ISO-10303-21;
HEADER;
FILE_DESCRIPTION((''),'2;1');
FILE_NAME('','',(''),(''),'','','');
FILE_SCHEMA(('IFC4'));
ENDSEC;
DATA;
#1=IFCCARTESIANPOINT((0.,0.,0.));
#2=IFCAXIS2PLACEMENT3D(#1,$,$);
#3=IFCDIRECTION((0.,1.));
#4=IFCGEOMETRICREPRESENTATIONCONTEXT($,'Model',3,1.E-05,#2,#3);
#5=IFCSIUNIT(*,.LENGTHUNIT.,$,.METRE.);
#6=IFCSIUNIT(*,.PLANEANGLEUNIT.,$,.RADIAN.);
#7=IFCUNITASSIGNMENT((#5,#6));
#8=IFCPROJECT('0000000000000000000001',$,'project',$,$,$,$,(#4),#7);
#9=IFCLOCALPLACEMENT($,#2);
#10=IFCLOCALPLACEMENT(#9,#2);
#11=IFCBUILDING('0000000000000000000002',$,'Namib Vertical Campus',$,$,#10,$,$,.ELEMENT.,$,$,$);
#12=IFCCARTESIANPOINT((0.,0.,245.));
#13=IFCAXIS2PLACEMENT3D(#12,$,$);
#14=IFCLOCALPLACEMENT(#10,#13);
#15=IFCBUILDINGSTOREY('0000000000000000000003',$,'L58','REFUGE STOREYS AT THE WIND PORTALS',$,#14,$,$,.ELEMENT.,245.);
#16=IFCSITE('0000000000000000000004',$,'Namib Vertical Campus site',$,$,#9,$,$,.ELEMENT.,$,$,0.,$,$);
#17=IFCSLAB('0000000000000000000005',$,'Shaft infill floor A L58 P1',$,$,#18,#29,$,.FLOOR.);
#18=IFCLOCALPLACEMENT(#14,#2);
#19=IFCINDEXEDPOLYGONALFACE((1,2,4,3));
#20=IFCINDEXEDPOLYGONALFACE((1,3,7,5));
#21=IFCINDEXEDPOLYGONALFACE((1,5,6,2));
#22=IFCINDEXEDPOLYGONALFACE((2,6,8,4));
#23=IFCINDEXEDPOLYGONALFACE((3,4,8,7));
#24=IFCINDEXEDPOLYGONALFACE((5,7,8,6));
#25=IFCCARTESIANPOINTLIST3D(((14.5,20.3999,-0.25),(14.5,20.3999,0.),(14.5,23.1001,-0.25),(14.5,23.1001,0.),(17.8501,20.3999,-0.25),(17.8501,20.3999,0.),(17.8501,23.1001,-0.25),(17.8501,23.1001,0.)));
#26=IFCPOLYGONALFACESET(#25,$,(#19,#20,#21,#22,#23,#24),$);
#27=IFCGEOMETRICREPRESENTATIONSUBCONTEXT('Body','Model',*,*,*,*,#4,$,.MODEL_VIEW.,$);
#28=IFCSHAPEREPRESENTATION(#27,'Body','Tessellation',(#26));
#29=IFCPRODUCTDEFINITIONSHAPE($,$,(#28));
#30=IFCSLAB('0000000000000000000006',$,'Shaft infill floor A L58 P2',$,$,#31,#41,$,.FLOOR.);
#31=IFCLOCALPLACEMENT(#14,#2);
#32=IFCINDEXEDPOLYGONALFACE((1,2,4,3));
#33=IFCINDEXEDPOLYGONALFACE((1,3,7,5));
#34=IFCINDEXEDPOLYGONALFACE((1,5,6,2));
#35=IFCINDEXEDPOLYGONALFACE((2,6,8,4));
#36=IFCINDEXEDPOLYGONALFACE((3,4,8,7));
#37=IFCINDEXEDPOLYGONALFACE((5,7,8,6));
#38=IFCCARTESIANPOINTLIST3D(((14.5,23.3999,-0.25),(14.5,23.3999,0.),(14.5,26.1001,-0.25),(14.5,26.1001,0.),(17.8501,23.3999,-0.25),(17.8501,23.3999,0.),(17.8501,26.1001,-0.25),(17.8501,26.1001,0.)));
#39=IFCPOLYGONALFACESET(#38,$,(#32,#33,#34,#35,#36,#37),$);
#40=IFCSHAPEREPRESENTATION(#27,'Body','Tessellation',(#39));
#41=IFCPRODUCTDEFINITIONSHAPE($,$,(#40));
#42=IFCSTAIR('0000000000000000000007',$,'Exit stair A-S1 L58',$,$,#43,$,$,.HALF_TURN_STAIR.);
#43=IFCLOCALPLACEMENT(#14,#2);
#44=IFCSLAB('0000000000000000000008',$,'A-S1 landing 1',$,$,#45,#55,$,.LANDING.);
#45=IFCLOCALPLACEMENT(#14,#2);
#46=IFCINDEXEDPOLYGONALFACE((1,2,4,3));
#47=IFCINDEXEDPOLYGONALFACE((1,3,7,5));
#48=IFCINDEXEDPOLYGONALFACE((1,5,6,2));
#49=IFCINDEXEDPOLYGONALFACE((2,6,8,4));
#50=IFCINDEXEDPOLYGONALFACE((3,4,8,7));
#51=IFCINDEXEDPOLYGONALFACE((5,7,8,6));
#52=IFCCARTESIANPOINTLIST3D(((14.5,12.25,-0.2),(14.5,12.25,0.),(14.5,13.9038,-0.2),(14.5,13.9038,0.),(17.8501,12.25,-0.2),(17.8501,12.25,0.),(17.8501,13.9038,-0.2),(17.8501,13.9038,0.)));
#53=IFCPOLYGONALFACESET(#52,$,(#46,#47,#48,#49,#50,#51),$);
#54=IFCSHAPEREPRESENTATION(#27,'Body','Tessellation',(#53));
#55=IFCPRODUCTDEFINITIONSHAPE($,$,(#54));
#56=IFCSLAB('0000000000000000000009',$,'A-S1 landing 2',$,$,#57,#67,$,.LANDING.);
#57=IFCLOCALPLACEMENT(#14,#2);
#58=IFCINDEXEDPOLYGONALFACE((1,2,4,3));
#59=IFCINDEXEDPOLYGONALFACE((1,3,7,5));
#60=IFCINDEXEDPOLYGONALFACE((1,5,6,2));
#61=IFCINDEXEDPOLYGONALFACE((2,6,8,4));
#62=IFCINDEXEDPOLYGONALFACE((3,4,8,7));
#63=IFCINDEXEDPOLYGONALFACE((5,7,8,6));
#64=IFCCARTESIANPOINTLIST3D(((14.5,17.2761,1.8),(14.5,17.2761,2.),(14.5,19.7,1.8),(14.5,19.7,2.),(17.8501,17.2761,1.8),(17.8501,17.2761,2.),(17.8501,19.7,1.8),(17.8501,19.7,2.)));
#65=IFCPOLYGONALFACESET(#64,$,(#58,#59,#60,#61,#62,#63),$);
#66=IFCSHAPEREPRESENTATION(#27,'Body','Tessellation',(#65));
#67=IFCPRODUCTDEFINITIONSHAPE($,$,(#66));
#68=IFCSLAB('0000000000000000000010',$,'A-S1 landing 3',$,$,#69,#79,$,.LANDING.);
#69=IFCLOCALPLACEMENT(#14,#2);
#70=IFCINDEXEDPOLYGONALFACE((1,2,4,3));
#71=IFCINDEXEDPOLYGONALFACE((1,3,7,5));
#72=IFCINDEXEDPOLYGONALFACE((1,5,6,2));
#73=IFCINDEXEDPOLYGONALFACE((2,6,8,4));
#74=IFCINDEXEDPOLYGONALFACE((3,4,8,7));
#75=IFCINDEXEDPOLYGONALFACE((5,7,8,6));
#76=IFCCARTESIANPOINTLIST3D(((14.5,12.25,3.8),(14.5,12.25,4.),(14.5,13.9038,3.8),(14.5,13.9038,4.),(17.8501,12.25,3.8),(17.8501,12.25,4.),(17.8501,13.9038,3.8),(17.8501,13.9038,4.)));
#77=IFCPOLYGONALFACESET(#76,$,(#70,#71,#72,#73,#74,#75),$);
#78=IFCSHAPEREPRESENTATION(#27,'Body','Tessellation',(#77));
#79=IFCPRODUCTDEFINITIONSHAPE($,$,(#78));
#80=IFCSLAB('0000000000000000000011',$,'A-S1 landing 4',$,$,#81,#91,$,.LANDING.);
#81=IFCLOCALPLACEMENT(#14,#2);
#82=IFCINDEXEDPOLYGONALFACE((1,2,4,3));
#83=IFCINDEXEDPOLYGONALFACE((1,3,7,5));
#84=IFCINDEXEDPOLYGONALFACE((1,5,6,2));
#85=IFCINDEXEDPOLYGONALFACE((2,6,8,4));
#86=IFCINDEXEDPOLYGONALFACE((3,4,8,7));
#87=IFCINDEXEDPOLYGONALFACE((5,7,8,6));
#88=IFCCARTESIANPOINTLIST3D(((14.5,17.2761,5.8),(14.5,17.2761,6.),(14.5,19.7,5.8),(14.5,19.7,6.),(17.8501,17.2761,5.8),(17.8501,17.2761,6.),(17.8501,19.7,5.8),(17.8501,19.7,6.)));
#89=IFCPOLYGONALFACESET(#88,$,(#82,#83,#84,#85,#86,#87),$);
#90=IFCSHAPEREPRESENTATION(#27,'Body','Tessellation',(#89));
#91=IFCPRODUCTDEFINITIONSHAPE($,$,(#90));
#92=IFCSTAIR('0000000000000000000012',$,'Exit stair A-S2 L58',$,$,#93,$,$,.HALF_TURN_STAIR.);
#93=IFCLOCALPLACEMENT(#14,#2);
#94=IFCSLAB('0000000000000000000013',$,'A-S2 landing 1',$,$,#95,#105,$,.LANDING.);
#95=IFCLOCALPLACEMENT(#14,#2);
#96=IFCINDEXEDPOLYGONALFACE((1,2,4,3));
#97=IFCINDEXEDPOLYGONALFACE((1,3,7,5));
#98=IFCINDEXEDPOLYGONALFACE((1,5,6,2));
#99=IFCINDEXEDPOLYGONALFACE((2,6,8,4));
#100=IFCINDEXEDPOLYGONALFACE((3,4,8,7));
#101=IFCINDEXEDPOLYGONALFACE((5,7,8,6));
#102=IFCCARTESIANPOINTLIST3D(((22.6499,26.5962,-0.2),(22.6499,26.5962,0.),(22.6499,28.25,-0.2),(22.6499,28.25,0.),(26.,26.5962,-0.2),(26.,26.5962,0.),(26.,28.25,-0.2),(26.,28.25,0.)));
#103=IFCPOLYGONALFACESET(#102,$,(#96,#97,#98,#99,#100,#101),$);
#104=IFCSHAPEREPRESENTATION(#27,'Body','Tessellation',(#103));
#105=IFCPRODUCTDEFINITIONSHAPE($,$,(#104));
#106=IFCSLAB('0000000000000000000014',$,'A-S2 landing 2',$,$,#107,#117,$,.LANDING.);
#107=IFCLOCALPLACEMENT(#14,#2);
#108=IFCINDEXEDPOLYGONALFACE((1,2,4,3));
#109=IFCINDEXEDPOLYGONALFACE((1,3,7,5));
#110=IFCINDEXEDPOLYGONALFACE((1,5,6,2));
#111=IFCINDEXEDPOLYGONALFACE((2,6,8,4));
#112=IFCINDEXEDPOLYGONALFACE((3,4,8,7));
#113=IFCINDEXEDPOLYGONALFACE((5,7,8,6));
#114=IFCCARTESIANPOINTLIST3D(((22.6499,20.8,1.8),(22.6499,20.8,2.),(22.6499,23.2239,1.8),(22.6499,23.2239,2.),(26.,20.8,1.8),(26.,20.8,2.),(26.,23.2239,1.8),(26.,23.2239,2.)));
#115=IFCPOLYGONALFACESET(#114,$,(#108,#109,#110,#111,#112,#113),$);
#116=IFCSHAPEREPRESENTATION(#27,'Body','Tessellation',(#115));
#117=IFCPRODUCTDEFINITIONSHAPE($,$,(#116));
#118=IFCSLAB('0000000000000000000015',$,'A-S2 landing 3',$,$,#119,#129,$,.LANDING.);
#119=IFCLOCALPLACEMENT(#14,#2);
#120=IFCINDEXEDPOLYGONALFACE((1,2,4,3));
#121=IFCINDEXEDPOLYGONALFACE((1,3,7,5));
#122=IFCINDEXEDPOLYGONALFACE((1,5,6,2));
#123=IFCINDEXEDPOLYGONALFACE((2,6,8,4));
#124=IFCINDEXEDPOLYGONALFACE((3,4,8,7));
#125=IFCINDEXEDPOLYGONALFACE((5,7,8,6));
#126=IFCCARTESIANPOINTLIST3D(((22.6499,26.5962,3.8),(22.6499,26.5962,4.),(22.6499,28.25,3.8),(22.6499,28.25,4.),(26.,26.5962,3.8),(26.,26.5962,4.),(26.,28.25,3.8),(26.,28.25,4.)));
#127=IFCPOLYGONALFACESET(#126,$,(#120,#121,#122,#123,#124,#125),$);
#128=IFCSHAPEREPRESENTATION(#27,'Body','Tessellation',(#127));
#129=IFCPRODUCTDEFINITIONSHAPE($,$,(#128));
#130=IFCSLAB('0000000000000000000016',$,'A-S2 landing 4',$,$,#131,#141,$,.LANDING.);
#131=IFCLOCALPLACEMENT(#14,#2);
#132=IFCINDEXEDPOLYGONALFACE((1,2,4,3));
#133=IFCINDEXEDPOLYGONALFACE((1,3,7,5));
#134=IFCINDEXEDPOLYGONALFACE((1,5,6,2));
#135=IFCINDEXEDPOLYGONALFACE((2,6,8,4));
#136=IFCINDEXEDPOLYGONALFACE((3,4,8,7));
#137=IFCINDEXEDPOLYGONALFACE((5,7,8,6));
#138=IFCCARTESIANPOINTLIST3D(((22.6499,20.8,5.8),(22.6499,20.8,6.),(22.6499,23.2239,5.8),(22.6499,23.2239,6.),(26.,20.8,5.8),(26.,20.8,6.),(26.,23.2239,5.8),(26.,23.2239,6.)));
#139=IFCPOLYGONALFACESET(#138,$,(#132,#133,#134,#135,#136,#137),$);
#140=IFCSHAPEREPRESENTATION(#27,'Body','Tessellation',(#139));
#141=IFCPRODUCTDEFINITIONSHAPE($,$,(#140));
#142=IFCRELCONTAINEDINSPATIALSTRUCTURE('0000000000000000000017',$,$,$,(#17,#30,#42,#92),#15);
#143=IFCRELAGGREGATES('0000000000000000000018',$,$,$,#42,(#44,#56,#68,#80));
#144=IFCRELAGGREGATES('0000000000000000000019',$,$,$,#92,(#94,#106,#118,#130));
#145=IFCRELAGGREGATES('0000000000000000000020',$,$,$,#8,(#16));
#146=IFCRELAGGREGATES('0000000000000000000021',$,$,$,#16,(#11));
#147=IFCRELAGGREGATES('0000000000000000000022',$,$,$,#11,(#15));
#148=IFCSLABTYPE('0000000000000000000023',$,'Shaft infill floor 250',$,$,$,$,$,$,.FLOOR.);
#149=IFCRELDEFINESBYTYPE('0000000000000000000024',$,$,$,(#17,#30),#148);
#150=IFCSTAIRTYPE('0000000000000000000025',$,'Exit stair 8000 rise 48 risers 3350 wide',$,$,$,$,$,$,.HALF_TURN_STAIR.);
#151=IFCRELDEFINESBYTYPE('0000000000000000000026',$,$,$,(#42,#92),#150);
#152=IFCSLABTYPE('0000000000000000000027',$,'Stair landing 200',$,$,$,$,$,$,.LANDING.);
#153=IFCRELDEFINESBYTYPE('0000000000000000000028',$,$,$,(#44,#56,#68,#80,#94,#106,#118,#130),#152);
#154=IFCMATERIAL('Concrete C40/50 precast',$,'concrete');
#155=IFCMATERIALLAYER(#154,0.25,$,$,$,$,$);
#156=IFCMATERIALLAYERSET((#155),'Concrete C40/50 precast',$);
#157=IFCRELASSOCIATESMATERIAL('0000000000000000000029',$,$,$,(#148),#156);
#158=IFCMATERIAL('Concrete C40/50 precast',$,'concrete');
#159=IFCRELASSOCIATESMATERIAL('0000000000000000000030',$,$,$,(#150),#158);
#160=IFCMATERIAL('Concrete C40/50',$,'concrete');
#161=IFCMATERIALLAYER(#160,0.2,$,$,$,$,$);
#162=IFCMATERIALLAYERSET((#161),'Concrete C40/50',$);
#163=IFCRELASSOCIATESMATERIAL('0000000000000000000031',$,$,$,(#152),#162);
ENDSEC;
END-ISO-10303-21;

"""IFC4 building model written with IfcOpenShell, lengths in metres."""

from ifc_helpers import new_model, si_unit, direction, frame, origin, place, context, subcontext, project, spatial, polyline, outline, extrude, material, layer, layer_set, type_object, element, aggregate, save


model = new_model("IFC4")

# Units and contexts
model_context = context("Model", 3, precision=1e-05, world=origin(), true_north=direction((0.0, 1.0)))
body_context = subcontext(model_context, "Body", "Model", "MODEL_VIEW")
ifc_project = project(units=[si_unit("LENGTHUNIT", "METRE"), si_unit("PLANEANGLEUNIT", "RADIAN")], contexts=[model_context])

# Site, building, storey
site_placement = place(None, origin())
site = spatial("IfcSite", under=ifc_project, at=site_placement, Name="Namib Vertical Campus site", CompositionType="ELEMENT", RefElevation=0.0)
building_placement = place(site_placement, origin())
building = spatial("IfcBuilding", under=site, at=building_placement, Name="Namib Vertical Campus", CompositionType="ELEMENT")
storey_placement = place(building_placement, frame((0.0, 0.0, 245.0)))
storey = spatial("IfcBuildingStorey", under=building, at=storey_placement, Name="L58", Description="REFUGE STOREYS AT THE WIND PORTALS", CompositionType="ELEMENT", Elevation=245.0)

# Slabs
ifc_material_1 = material(Name="Concrete C40/50 precast", Category="concrete")
ifc_layer_1 = layer(ifc_material_1, 0.25)
ifc_layer_set_1 = layer_set([ifc_layer_1], Name="Concrete C40/50 precast")
slab_type_1 = type_object("IfcSlabType", Name="Shaft infill floor 250", PredefinedType="FLOOR", material=ifc_layer_set_1)
slab_1_placement = place(storey_placement, frame((0.0, 0.0, -0.25)))
element("IfcSlab", 1, at=slab_1_placement, inside=storey, type_object=slab_type_1, Name="Shaft infill floor A L58 P1", PredefinedType="FLOOR", context=body_context, shape_type="SweptSolid", body=[
    extrude(outline(polyline([(14.5, 20.3999), (17.8501, 20.3999), (17.8501, 23.1001), (14.5, 23.1001), (14.5, 20.3999)])), origin(), (0.0, 0.0, 1.0), 0.25),
])
slab_2_placement = place(storey_placement, frame((0.0, 0.0, -0.25)))
element("IfcSlab", 2, at=slab_2_placement, inside=storey, type_object=slab_type_1, Name="Shaft infill floor A L58 P2", PredefinedType="FLOOR", context=body_context, shape_type="SweptSolid", body=[
    extrude(outline(polyline([(14.5, 23.3999), (17.8501, 23.3999), (17.8501, 26.1001), (14.5, 26.1001), (14.5, 23.3999)])), origin(), (0.0, 0.0, 1.0), 0.25),
])

# Stairs, slabs
ifc_material_2 = material(Name="Concrete C40/50 precast", Category="concrete")
stair_type = type_object("IfcStairType", Name="Exit stair 8000 rise 48 risers 3350 wide", PredefinedType="HALF_TURN_STAIR", material=ifc_material_2)
stair_1_placement = place(storey_placement, origin())
stair_1 = element("IfcStair", 3, at=stair_1_placement, inside=storey, type_object=stair_type, Name="Exit stair A-S1 L58", PredefinedType="HALF_TURN_STAIR")
ifc_material_3 = material(Name="Concrete C40/50", Category="concrete")
ifc_layer_2 = layer(ifc_material_3, 0.2)
ifc_layer_set_2 = layer_set([ifc_layer_2], Name="Concrete C40/50")
slab_type_2 = type_object("IfcSlabType", Name="Stair landing 200", PredefinedType="LANDING", material=ifc_layer_set_2)
slab_3_placement = place(storey_placement, frame((0.0, 0.0, -0.2)))
slab_3 = element("IfcSlab", 4, at=slab_3_placement, type_object=slab_type_2, Name="A-S1 landing 1", PredefinedType="LANDING", context=body_context, shape_type="SweptSolid", body=[
    extrude(outline(polyline([(14.5, 12.25), (17.8501, 12.25), (17.8501, 13.9038), (14.5, 13.9038), (14.5, 12.25)])), origin(), (0.0, 0.0, 1.0), 0.2),
])
slab_4_placement = place(storey_placement, frame((0.0, 0.0, 1.8)))
slab_4 = element("IfcSlab", 5, at=slab_4_placement, type_object=slab_type_2, Name="A-S1 landing 2", PredefinedType="LANDING", context=body_context, shape_type="SweptSolid", body=[
    extrude(outline(polyline([(14.5, 17.2761), (17.8501, 17.2761), (17.8501, 19.7), (14.5, 19.7), (14.5, 17.2761)])), origin(), (0.0, 0.0, 1.0), 0.2),
])
slab_5_placement = place(storey_placement, frame((0.0, 0.0, 3.8)))
slab_5 = element("IfcSlab", 6, at=slab_5_placement, type_object=slab_type_2, Name="A-S1 landing 3", PredefinedType="LANDING", context=body_context, shape_type="SweptSolid", body=[
    extrude(outline(polyline([(14.5, 12.25), (17.8501, 12.25), (17.8501, 13.9038), (14.5, 13.9038), (14.5, 12.25)])), origin(), (0.0, 0.0, 1.0), 0.2),
])
slab_6_placement = place(storey_placement, frame((0.0, 0.0, 5.8)))
slab_6 = element("IfcSlab", 7, at=slab_6_placement, type_object=slab_type_2, Name="A-S1 landing 4", PredefinedType="LANDING", context=body_context, shape_type="SweptSolid", body=[
    extrude(outline(polyline([(14.5, 17.2761), (17.8501, 17.2761), (17.8501, 19.7), (14.5, 19.7), (14.5, 17.2761)])), origin(), (0.0, 0.0, 1.0), 0.2),
])
aggregate(stair_1, [slab_3, slab_4, slab_5, slab_6])
stair_2_placement = place(storey_placement, origin())
stair_2 = element("IfcStair", 8, at=stair_2_placement, inside=storey, type_object=stair_type, Name="Exit stair A-S2 L58", PredefinedType="HALF_TURN_STAIR")
slab_7_placement = place(storey_placement, frame((0.0, 0.0, -0.2)))
slab_7 = element("IfcSlab", 9, at=slab_7_placement, type_object=slab_type_2, Name="A-S2 landing 1", PredefinedType="LANDING", context=body_context, shape_type="SweptSolid", body=[
    extrude(outline(polyline([(22.6499, 26.5962), (26.0, 26.5962), (26.0, 28.25), (22.6499, 28.25), (22.6499, 26.5962)])), origin(), (0.0, 0.0, 1.0), 0.2),
])
slab_8_placement = place(storey_placement, frame((0.0, 0.0, 1.8)))
slab_8 = element("IfcSlab", 10, at=slab_8_placement, type_object=slab_type_2, Name="A-S2 landing 2", PredefinedType="LANDING", context=body_context, shape_type="SweptSolid", body=[
    extrude(outline(polyline([(22.6499, 20.8), (26.0, 20.8), (26.0, 23.2239), (22.6499, 23.2239), (22.6499, 20.8)])), origin(), (0.0, 0.0, 1.0), 0.2),
])
slab_9_placement = place(storey_placement, frame((0.0, 0.0, 3.8)))
slab_9 = element("IfcSlab", 11, at=slab_9_placement, type_object=slab_type_2, Name="A-S2 landing 3", PredefinedType="LANDING", context=body_context, shape_type="SweptSolid", body=[
    extrude(outline(polyline([(22.6499, 26.5962), (26.0, 26.5962), (26.0, 28.25), (22.6499, 28.25), (22.6499, 26.5962)])), origin(), (0.0, 0.0, 1.0), 0.2),
])
slab_10_placement = place(storey_placement, frame((0.0, 0.0, 5.8)))
slab_10 = element("IfcSlab", 12, at=slab_10_placement, type_object=slab_type_2, Name="A-S2 landing 4", PredefinedType="LANDING", context=body_context, shape_type="SweptSolid", body=[
    extrude(outline(polyline([(22.6499, 20.8), (26.0, 20.8), (26.0, 23.2239), (22.6499, 23.2239), (22.6499, 20.8)])), origin(), (0.0, 0.0, 1.0), 0.2),
])
aggregate(stair_2, [slab_7, slab_8, slab_9, slab_10])

save(model, "model.ifc")
